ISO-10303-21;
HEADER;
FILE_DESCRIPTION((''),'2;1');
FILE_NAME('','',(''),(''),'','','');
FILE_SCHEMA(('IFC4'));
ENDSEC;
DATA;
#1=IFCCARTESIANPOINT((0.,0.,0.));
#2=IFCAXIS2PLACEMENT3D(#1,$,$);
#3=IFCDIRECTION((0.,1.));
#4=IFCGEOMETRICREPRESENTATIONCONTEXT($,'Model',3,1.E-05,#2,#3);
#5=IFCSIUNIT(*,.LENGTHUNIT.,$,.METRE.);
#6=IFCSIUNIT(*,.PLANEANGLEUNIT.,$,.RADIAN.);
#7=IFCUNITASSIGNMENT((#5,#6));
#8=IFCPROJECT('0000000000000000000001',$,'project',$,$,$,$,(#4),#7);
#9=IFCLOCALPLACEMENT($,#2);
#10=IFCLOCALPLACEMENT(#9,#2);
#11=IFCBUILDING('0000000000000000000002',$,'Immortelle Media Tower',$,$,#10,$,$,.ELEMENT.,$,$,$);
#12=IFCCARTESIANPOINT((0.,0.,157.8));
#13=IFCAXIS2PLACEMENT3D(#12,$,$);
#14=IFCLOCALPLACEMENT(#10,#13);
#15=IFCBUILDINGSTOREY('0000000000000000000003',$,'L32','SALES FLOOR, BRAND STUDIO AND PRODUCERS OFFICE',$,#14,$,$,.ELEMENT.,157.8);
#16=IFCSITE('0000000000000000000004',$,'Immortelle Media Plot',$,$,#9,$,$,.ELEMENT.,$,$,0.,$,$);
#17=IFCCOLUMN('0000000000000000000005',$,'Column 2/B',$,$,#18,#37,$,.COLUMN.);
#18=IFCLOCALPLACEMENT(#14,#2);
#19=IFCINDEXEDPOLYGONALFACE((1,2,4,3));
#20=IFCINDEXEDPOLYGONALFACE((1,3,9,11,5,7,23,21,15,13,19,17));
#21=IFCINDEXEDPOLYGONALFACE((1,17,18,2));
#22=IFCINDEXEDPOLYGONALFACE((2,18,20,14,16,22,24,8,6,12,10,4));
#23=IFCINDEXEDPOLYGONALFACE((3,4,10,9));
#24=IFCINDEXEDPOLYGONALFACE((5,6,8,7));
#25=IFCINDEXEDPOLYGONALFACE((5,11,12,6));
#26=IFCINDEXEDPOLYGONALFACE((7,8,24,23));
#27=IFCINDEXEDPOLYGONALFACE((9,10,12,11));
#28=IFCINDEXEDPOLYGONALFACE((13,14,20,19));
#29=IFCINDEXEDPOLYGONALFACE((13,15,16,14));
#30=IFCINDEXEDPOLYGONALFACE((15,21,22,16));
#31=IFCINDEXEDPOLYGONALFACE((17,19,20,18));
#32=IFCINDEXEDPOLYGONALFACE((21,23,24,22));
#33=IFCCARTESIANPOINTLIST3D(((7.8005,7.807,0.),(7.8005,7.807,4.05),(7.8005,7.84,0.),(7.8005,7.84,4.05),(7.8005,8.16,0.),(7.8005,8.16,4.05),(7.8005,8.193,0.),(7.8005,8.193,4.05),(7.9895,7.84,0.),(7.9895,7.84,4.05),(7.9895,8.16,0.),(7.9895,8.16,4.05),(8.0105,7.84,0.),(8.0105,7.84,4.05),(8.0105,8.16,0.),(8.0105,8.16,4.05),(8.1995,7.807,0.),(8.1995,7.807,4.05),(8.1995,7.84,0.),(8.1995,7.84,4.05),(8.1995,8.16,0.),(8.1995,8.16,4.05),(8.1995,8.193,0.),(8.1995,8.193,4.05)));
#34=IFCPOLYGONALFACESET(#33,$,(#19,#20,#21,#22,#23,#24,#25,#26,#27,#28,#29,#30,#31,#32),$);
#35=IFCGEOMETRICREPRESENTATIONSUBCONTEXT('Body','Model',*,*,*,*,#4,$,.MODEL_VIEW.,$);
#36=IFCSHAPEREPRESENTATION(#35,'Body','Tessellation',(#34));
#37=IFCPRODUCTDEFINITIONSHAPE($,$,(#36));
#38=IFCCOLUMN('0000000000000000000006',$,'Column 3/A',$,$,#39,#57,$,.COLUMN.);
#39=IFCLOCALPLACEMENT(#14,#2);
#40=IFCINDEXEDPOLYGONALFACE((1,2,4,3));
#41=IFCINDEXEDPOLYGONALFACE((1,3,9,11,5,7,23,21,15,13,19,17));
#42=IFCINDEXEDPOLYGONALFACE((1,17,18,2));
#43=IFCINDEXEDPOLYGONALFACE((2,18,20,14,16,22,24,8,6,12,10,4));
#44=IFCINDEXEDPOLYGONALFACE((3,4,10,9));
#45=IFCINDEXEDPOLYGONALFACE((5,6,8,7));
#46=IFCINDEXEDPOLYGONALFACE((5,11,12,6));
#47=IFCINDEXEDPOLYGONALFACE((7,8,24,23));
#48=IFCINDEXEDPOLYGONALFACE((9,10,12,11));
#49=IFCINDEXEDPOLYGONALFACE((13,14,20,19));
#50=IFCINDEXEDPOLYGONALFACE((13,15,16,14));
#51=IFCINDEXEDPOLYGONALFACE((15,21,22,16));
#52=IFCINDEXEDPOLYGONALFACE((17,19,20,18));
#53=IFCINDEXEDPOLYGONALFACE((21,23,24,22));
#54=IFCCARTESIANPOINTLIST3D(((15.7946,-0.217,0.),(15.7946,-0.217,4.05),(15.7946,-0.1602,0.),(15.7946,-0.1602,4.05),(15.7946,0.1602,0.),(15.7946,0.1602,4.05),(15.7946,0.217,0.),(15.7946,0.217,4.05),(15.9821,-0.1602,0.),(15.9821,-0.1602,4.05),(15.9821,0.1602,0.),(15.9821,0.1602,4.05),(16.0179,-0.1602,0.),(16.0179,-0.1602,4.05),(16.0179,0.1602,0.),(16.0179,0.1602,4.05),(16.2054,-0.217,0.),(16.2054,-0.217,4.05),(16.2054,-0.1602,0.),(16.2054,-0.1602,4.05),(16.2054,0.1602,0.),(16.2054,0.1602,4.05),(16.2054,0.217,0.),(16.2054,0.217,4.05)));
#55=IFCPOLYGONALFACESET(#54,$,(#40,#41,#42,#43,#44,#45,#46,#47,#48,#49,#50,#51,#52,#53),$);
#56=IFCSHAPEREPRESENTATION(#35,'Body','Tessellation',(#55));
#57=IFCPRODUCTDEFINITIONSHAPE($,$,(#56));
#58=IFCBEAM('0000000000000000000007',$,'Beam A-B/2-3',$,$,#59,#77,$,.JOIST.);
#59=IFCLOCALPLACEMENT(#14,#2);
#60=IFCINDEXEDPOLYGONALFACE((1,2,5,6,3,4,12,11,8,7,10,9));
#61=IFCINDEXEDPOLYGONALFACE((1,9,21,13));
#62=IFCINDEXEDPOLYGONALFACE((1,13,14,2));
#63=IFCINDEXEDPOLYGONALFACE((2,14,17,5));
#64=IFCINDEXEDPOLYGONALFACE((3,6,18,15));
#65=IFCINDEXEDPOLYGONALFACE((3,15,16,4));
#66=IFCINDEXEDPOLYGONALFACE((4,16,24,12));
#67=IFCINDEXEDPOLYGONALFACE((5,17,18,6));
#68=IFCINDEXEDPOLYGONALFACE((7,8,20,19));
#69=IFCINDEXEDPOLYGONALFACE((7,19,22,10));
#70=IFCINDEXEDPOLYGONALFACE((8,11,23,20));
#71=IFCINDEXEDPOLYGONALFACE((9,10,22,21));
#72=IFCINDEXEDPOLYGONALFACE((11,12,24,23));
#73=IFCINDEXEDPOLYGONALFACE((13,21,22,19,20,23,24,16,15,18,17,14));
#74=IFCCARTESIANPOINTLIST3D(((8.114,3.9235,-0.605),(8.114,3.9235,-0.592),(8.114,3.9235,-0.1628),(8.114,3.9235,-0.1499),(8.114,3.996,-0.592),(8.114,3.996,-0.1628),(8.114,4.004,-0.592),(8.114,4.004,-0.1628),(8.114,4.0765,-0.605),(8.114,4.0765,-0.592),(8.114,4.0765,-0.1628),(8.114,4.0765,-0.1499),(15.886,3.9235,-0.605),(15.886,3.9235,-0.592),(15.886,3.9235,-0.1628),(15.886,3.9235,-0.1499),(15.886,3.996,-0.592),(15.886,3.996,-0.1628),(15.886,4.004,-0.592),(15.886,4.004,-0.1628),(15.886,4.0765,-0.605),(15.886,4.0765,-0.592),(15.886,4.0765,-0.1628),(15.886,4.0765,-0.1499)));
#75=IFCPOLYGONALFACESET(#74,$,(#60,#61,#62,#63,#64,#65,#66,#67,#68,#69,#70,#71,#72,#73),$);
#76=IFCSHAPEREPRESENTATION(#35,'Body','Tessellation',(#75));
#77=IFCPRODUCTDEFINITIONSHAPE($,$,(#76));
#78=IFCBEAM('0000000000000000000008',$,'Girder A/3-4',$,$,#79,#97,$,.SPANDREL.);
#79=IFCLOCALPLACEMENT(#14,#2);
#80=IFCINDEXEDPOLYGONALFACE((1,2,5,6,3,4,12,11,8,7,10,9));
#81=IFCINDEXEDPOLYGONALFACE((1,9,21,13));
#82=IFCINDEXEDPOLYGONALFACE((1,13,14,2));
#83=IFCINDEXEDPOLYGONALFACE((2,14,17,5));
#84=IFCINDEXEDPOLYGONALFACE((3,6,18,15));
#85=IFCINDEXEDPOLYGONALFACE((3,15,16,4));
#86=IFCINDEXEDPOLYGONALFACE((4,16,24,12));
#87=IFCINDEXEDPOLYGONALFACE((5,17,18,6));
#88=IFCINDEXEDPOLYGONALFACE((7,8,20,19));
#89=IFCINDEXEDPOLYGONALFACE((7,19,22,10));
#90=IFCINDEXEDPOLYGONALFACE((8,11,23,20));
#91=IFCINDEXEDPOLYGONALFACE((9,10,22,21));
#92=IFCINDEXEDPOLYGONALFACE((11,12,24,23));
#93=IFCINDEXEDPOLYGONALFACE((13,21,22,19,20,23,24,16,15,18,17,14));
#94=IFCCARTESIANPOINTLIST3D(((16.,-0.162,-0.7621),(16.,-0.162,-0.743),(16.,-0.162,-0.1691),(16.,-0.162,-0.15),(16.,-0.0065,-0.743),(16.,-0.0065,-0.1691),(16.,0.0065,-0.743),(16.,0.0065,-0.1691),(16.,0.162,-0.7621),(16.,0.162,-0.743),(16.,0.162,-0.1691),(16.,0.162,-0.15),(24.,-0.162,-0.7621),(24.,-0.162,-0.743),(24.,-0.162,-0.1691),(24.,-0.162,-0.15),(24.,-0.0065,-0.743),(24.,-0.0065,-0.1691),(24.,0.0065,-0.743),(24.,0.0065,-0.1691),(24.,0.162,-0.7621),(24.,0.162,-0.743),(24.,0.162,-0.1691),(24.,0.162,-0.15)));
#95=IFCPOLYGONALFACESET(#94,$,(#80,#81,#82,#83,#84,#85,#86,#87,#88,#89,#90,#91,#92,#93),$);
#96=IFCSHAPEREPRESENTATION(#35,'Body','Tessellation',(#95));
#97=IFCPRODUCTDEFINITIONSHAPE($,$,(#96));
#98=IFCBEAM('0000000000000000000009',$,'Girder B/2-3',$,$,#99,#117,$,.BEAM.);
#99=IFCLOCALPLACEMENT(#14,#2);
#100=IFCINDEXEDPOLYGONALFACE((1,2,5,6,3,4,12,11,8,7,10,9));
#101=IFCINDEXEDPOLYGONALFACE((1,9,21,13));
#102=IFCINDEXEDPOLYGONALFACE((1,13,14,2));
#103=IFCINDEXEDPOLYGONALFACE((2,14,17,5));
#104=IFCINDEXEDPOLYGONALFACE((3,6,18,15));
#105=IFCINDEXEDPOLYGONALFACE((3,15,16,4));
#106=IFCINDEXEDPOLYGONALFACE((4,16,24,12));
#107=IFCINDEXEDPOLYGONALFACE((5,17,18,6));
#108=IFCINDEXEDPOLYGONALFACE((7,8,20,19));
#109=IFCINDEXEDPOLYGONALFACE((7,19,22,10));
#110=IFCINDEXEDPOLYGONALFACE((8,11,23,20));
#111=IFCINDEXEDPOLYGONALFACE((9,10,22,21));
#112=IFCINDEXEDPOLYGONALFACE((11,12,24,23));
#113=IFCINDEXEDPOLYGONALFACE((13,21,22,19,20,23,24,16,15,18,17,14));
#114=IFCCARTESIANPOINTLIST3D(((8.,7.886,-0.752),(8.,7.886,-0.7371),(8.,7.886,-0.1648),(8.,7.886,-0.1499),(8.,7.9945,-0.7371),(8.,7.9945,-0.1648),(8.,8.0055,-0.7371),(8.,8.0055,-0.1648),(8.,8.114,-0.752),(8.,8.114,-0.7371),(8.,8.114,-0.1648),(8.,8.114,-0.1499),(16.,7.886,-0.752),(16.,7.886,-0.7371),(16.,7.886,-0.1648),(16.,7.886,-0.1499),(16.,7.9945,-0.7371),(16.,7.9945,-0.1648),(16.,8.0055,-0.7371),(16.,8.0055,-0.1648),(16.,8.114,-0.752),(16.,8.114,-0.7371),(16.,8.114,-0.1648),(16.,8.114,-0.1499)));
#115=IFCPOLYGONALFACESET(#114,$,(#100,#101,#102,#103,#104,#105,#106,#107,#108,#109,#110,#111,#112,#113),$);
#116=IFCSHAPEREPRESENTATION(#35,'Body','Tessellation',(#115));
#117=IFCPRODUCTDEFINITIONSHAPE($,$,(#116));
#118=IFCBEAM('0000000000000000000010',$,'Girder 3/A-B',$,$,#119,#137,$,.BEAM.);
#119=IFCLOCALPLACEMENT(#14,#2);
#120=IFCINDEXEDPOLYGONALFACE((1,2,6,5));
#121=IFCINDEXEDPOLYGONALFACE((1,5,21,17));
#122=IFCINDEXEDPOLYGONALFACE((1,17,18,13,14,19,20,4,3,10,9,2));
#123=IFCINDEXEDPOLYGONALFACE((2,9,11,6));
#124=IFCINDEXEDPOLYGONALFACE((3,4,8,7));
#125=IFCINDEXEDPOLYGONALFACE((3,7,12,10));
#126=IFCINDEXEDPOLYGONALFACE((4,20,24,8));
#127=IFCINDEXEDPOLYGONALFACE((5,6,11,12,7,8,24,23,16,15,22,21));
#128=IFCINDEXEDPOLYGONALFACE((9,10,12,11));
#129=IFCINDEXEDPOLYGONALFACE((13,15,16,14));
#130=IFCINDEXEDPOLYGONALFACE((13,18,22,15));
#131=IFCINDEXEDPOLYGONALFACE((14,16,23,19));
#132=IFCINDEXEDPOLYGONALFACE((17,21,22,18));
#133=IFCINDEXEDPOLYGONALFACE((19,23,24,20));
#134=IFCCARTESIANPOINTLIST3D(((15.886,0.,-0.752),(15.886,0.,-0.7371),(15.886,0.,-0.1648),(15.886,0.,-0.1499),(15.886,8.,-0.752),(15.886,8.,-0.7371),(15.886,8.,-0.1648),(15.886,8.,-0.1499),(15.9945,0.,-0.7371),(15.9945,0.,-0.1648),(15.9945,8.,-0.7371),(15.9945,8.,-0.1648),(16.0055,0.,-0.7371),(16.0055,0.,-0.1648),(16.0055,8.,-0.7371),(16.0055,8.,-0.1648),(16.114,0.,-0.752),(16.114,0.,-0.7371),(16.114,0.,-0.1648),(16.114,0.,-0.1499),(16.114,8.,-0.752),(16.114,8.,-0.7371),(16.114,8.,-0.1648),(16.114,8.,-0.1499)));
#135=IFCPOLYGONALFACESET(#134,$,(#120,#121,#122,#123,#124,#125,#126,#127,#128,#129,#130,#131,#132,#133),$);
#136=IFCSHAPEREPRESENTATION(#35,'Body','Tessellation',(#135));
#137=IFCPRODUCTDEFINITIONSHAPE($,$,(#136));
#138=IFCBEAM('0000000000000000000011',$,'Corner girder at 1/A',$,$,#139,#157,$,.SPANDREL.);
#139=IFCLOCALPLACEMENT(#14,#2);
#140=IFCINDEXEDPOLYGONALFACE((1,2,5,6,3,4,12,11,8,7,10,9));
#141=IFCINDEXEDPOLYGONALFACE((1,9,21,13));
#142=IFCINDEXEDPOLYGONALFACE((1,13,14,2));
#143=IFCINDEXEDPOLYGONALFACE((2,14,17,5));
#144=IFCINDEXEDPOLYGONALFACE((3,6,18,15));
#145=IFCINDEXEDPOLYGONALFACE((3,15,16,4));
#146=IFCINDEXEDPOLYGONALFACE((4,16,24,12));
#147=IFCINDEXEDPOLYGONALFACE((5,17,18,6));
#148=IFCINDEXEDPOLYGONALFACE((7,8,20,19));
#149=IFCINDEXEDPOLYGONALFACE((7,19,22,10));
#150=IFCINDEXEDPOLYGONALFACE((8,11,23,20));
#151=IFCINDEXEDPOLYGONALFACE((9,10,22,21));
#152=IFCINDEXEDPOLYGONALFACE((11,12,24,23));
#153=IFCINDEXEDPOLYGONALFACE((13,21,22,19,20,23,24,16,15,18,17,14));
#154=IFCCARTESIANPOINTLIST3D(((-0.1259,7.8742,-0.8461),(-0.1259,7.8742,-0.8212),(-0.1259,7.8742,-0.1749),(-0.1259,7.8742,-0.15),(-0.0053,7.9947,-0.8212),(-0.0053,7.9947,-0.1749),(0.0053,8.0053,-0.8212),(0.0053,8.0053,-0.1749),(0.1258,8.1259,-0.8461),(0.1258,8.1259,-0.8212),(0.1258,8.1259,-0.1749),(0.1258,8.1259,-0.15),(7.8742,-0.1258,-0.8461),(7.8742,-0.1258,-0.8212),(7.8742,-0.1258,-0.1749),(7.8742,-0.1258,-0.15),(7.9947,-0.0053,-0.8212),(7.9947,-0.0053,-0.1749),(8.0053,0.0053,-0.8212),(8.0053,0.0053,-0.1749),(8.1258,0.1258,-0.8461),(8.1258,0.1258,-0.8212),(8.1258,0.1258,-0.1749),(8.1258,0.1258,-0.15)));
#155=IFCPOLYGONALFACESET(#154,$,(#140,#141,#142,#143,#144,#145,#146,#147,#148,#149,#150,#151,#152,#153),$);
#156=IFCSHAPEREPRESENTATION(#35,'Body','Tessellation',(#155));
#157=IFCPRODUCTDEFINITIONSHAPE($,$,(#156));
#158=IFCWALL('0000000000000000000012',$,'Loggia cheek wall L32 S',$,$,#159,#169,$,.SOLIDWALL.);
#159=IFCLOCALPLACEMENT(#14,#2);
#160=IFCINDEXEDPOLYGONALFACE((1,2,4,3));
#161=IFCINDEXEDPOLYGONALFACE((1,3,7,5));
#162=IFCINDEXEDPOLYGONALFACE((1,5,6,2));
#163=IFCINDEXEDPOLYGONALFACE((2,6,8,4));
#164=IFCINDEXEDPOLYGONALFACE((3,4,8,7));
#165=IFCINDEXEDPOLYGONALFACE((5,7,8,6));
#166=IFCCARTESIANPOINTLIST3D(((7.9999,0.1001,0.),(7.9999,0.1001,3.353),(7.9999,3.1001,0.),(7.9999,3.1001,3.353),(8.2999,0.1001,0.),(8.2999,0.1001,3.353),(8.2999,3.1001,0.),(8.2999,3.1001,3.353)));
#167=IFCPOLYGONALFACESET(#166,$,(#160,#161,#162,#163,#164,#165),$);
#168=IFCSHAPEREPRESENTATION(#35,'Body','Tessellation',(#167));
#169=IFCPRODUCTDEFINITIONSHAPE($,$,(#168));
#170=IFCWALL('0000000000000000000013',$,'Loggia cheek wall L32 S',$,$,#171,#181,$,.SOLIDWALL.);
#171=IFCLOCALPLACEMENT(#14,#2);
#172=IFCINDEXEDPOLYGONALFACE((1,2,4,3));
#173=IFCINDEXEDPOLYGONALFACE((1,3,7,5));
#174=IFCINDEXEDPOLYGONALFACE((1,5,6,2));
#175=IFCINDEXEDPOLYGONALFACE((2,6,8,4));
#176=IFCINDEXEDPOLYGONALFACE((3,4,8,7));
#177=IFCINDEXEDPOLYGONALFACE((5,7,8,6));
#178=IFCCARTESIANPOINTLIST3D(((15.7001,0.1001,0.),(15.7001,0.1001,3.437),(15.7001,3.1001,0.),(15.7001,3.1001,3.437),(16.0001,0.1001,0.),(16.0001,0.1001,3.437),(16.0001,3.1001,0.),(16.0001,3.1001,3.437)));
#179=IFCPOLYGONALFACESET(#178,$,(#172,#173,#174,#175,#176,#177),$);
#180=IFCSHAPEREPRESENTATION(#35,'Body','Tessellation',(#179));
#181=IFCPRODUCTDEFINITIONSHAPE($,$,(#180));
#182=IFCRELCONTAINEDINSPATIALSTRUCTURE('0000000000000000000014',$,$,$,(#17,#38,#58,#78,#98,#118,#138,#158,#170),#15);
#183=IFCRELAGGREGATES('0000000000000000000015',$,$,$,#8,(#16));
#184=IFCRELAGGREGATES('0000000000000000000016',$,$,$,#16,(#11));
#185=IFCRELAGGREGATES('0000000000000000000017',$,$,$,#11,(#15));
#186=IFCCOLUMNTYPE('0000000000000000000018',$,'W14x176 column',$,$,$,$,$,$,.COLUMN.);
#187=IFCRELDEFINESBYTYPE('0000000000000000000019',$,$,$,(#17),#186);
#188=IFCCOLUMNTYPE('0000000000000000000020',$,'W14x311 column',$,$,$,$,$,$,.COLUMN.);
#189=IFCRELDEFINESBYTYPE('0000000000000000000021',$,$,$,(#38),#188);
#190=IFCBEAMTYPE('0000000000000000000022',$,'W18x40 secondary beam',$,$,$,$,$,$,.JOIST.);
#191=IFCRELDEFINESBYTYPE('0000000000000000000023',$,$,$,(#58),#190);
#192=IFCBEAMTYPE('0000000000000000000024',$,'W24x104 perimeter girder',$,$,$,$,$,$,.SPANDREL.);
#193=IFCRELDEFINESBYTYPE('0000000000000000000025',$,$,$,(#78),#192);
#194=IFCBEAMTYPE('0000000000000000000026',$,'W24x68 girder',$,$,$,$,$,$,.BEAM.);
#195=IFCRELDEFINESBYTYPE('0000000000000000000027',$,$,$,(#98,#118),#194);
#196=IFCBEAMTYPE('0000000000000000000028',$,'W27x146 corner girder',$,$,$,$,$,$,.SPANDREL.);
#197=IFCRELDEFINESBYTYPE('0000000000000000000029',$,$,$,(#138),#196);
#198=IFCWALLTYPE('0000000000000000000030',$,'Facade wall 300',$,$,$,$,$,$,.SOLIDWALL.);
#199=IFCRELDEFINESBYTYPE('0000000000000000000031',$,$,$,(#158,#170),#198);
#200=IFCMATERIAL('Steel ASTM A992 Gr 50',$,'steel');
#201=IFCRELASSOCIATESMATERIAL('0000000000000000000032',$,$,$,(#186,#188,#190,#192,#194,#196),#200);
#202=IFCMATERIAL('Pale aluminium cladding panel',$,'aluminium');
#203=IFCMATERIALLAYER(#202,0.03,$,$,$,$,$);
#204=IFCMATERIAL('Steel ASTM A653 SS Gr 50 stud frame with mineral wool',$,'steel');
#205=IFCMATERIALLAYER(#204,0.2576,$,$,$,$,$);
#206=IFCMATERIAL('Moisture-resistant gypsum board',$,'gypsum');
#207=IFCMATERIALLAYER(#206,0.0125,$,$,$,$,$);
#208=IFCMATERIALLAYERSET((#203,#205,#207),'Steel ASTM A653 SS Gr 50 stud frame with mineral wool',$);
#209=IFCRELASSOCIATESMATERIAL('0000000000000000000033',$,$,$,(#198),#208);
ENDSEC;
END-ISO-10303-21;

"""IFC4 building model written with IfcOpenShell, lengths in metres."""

from ifc_helpers import new_model, si_unit, direction, frame, frame_2d, origin, origin_2d, place, context, subcontext, project, spatial, rectangle, i_section, extrude, material, layer, layer_set, material_profile, profile_set, type_object, element, save


model = new_model("IFC4")

# Units and contexts
model_context = context("Model", 3, precision=1e-05, world=origin(), true_north=direction((0.0, 1.0)))
body_context = subcontext(model_context, "Body", "Model", "MODEL_VIEW")
ifc_project = project(units=[si_unit("LENGTHUNIT", "METRE"), si_unit("PLANEANGLEUNIT", "RADIAN")], contexts=[model_context])

# Site, building, storey
site_placement = place(None, origin())
site = spatial("IfcSite", under=ifc_project, at=site_placement, Name="Immortelle Media Plot", CompositionType="ELEMENT", RefElevation=0.0)
building_placement = place(site_placement, origin())
building = spatial("IfcBuilding", under=site, at=building_placement, Name="Immortelle Media Tower", CompositionType="ELEMENT")
storey_placement = place(building_placement, frame((0.0, 0.0, 157.8)))
storey = spatial("IfcBuildingStorey", under=building, at=storey_placement, Name="L32", Description="SALES FLOOR, BRAND STUDIO AND PRODUCERS OFFICE", CompositionType="ELEMENT", Elevation=157.8)

# Columns
ifc_material_1 = material(Name="Steel ASTM A992 Gr 50", Category="steel")
ifc_material_profile_1 = material_profile(ifc_material_1, i_section(OverallWidth=0.3989, OverallDepth=0.386, WebThickness=0.021, FlangeThickness=0.033, at=origin_2d()), Name="W14x176")
ifc_profile_set_1 = profile_set([ifc_material_profile_1], Name="Steel ASTM A992 Gr 50")
column_type_1 = type_object("IfcColumnType", Name="W14x176 column", PredefinedType="COLUMN", material=ifc_profile_set_1)
column_1_placement = place(storey_placement, frame((8.0, 8.0, 0.0), z_axis=(0.0, 0.0, 1.0), x_axis=(1.0, 0.0, 0.0)))
element("IfcColumn", 1, at=column_1_placement, inside=storey, type_object=column_type_1, Name="Column 2/B", PredefinedType="COLUMN", context=body_context, shape_type="SweptSolid", body=[
    extrude(i_section(OverallWidth=0.3989, OverallDepth=0.386, WebThickness=0.021, FlangeThickness=0.033, at=origin_2d()), origin(), (0.0, 0.0, 1.0), 4.05),
])
ifc_material_profile_2 = material_profile(ifc_material_1, i_section(OverallWidth=0.4109, OverallDepth=0.4341, WebThickness=0.0359, FlangeThickness=0.0569, at=origin_2d()), Name="W14x311")
ifc_profile_set_2 = profile_set([ifc_material_profile_2], Name="Steel ASTM A992 Gr 50")
column_type_2 = type_object("IfcColumnType", Name="W14x311 column", PredefinedType="COLUMN", material=ifc_profile_set_2)
column_2_placement = place(storey_placement, frame((16.0, 0.0, 0.0), z_axis=(0.0, 0.0, 1.0), x_axis=(1.0, 0.0, 0.0)))
element("IfcColumn", 2, at=column_2_placement, inside=storey, type_object=column_type_2, Name="Column 3/A", PredefinedType="COLUMN", context=body_context, shape_type="SweptSolid", body=[
    extrude(i_section(OverallWidth=0.4109, OverallDepth=0.4341, WebThickness=0.0359, FlangeThickness=0.0569, at=origin_2d()), origin(), (0.0, 0.0, 1.0), 4.05),
])

# Beams
ifc_material_profile_3 = material_profile(ifc_material_1, i_section(OverallWidth=0.1531, OverallDepth=0.4551, WebThickness=0.0081, FlangeThickness=0.0129, at=origin_2d()), Name="W18x40")
ifc_profile_set_3 = profile_set([ifc_material_profile_3], Name="Steel ASTM A992 Gr 50")
beam_type_1 = type_object("IfcBeamType", Name="W18x40 secondary beam", PredefinedType="JOIST", material=ifc_profile_set_3)
beam_1_placement = place(storey_placement, frame((8.114, 4.0, -0.3774), z_axis=(1.0, 0.0, 0.0), x_axis=(0.0, 1.0, 0.0)))
element("IfcBeam", 3, at=beam_1_placement, inside=storey, type_object=beam_type_1, Name="Beam A-B/2-3", PredefinedType="JOIST", context=body_context, shape_type="SweptSolid", body=[
    extrude(i_section(OverallWidth=0.1531, OverallDepth=0.4551, WebThickness=0.0081, FlangeThickness=0.0129, at=origin_2d()), origin(), (0.0, 0.0, 1.0), 7.772),
])
ifc_material_profile_4 = material_profile(ifc_material_1, i_section(OverallWidth=0.324, OverallDepth=0.6121, WebThickness=0.0129, FlangeThickness=0.019, at=origin_2d()), Name="W24x104")
ifc_profile_set_4 = profile_set([ifc_material_profile_4], Name="Steel ASTM A992 Gr 50")
beam_type_2 = type_object("IfcBeamType", Name="W24x104 perimeter girder", PredefinedType="SPANDREL", material=ifc_profile_set_4)
beam_2_placement = place(storey_placement, frame((16.0, 0.0, -0.4561), z_axis=(1.0, 0.0, 0.0), x_axis=(0.0, 1.0, 0.0)))
element("IfcBeam", 4, at=beam_2_placement, inside=storey, type_object=beam_type_2, Name="Girder A/3-4", PredefinedType="SPANDREL", context=body_context, shape_type="SweptSolid", body=[
    extrude(i_section(OverallWidth=0.324, OverallDepth=0.6121, WebThickness=0.0129, FlangeThickness=0.019, at=origin_2d()), origin(), (0.0, 0.0, 1.0), 8.0),
])
ifc_material_profile_5 = material_profile(ifc_material_1, i_section(OverallWidth=0.228, OverallDepth=0.6021, WebThickness=0.011, FlangeThickness=0.0149, at=origin_2d()), Name="W24x68")
ifc_profile_set_5 = profile_set([ifc_material_profile_5], Name="Steel ASTM A992 Gr 50")
beam_type_3 = type_object("IfcBeamType", Name="W24x68 girder", PredefinedType="BEAM", material=ifc_profile_set_5)
for number, where, z_axis, x_axis, name in (
    (5, (8.0, 8.0, -0.4509), (1.0, 0.0, 0.0), (0.0, 1.0, 0.0), "Girder B/2-3"),
    (6, (16.0, 0.0, -0.4509), (0.0, 1.0, 0.0), (-1.0, 0.0, 0.0), "Girder 3/A-B"),
):
    element("IfcBeam", number, at=place(storey_placement, frame(where, z_axis=z_axis, x_axis=x_axis)), inside=storey, type_object=beam_type_3, Name=name, PredefinedType="BEAM", context=body_context, shape_type="SweptSolid", body=[
        extrude(i_section(OverallWidth=0.228, OverallDepth=0.6021, WebThickness=0.011, FlangeThickness=0.0149, at=origin_2d()), origin(), (0.0, 0.0, 1.0), 8.0),
    ])
ifc_material_profile_6 = material_profile(ifc_material_1, i_section(OverallWidth=0.356, OverallDepth=0.696, WebThickness=0.0149, FlangeThickness=0.0249, at=origin_2d()), Name="W27x146")
ifc_profile_set_6 = profile_set([ifc_material_profile_6], Name="Steel ASTM A992 Gr 50")
beam_type_4 = type_object("IfcBeamType", Name="W27x146 corner girder", PredefinedType="SPANDREL", material=ifc_profile_set_6)
beam_3_placement = place(storey_placement, frame((8.0, 0.0, -0.498), z_axis=(-0.707107, 0.707107, 0.0), x_axis=(-0.707107, -0.707107, 0.0)))
element("IfcBeam", 7, at=beam_3_placement, inside=storey, type_object=beam_type_4, Name="Corner girder at 1/A", PredefinedType="SPANDREL", context=body_context, shape_type="SweptSolid", body=[
    extrude(i_section(OverallWidth=0.356, OverallDepth=0.696, WebThickness=0.0149, FlangeThickness=0.0249, at=origin_2d()), origin(), (0.0, 0.0, 1.0), 11.3137),
])

# Shared definitions
ifc_material_2 = material(Name="Pale aluminium cladding panel", Category="aluminium")
ifc_layer_1 = layer(ifc_material_2, 0.03)
ifc_material_3 = material(Name="Steel ASTM A653 SS Gr 50 stud frame with mineral wool", Category="steel")
ifc_layer_2 = layer(ifc_material_3, 0.2576)
ifc_material_4 = material(Name="Moisture-resistant gypsum board", Category="gypsum")
ifc_layer_3 = layer(ifc_material_4, 0.0125)
ifc_layer_set_1 = layer_set([ifc_layer_1, ifc_layer_2, ifc_layer_3], Name="Steel ASTM A653 SS Gr 50 stud frame with mineral wool")
wall_type_1 = type_object("IfcWallType", Name="Facade wall 300", PredefinedType="SOLIDWALL", material=ifc_layer_set_1)

# Walls
wall_1_placement = place(storey_placement, frame((8.1499, 0.1001, 0.0), z_axis=(0.0, 0.0, 1.0), x_axis=(0.0, 1.0, 0.0)))
element("IfcWall", 8, at=wall_1_placement, inside=storey, type_object=wall_type_1, Name="Loggia cheek wall L32 S", PredefinedType="SOLIDWALL", context=body_context, shape_type="SweptSolid", body=[
    extrude(rectangle(XDim=3.0, YDim=0.3, at=frame_2d((1.5, 0.0))), origin(), (0.0, 0.0, 1.0), 3.353),
])
wall_2_placement = place(storey_placement, frame((15.8501, 0.1001, 0.0), z_axis=(0.0, 0.0, 1.0), x_axis=(0.0, 1.0, 0.0)))
element("IfcWall", 9, at=wall_2_placement, inside=storey, type_object=wall_type_1, Name="Loggia cheek wall L32 S", PredefinedType="SOLIDWALL", context=body_context, shape_type="SweptSolid", body=[
    extrude(rectangle(XDim=3.0, YDim=0.3, at=frame_2d((1.5, 0.0))), origin(), (0.0, 0.0, 1.0), 3.437),
])

save(model, "model.ifc")
